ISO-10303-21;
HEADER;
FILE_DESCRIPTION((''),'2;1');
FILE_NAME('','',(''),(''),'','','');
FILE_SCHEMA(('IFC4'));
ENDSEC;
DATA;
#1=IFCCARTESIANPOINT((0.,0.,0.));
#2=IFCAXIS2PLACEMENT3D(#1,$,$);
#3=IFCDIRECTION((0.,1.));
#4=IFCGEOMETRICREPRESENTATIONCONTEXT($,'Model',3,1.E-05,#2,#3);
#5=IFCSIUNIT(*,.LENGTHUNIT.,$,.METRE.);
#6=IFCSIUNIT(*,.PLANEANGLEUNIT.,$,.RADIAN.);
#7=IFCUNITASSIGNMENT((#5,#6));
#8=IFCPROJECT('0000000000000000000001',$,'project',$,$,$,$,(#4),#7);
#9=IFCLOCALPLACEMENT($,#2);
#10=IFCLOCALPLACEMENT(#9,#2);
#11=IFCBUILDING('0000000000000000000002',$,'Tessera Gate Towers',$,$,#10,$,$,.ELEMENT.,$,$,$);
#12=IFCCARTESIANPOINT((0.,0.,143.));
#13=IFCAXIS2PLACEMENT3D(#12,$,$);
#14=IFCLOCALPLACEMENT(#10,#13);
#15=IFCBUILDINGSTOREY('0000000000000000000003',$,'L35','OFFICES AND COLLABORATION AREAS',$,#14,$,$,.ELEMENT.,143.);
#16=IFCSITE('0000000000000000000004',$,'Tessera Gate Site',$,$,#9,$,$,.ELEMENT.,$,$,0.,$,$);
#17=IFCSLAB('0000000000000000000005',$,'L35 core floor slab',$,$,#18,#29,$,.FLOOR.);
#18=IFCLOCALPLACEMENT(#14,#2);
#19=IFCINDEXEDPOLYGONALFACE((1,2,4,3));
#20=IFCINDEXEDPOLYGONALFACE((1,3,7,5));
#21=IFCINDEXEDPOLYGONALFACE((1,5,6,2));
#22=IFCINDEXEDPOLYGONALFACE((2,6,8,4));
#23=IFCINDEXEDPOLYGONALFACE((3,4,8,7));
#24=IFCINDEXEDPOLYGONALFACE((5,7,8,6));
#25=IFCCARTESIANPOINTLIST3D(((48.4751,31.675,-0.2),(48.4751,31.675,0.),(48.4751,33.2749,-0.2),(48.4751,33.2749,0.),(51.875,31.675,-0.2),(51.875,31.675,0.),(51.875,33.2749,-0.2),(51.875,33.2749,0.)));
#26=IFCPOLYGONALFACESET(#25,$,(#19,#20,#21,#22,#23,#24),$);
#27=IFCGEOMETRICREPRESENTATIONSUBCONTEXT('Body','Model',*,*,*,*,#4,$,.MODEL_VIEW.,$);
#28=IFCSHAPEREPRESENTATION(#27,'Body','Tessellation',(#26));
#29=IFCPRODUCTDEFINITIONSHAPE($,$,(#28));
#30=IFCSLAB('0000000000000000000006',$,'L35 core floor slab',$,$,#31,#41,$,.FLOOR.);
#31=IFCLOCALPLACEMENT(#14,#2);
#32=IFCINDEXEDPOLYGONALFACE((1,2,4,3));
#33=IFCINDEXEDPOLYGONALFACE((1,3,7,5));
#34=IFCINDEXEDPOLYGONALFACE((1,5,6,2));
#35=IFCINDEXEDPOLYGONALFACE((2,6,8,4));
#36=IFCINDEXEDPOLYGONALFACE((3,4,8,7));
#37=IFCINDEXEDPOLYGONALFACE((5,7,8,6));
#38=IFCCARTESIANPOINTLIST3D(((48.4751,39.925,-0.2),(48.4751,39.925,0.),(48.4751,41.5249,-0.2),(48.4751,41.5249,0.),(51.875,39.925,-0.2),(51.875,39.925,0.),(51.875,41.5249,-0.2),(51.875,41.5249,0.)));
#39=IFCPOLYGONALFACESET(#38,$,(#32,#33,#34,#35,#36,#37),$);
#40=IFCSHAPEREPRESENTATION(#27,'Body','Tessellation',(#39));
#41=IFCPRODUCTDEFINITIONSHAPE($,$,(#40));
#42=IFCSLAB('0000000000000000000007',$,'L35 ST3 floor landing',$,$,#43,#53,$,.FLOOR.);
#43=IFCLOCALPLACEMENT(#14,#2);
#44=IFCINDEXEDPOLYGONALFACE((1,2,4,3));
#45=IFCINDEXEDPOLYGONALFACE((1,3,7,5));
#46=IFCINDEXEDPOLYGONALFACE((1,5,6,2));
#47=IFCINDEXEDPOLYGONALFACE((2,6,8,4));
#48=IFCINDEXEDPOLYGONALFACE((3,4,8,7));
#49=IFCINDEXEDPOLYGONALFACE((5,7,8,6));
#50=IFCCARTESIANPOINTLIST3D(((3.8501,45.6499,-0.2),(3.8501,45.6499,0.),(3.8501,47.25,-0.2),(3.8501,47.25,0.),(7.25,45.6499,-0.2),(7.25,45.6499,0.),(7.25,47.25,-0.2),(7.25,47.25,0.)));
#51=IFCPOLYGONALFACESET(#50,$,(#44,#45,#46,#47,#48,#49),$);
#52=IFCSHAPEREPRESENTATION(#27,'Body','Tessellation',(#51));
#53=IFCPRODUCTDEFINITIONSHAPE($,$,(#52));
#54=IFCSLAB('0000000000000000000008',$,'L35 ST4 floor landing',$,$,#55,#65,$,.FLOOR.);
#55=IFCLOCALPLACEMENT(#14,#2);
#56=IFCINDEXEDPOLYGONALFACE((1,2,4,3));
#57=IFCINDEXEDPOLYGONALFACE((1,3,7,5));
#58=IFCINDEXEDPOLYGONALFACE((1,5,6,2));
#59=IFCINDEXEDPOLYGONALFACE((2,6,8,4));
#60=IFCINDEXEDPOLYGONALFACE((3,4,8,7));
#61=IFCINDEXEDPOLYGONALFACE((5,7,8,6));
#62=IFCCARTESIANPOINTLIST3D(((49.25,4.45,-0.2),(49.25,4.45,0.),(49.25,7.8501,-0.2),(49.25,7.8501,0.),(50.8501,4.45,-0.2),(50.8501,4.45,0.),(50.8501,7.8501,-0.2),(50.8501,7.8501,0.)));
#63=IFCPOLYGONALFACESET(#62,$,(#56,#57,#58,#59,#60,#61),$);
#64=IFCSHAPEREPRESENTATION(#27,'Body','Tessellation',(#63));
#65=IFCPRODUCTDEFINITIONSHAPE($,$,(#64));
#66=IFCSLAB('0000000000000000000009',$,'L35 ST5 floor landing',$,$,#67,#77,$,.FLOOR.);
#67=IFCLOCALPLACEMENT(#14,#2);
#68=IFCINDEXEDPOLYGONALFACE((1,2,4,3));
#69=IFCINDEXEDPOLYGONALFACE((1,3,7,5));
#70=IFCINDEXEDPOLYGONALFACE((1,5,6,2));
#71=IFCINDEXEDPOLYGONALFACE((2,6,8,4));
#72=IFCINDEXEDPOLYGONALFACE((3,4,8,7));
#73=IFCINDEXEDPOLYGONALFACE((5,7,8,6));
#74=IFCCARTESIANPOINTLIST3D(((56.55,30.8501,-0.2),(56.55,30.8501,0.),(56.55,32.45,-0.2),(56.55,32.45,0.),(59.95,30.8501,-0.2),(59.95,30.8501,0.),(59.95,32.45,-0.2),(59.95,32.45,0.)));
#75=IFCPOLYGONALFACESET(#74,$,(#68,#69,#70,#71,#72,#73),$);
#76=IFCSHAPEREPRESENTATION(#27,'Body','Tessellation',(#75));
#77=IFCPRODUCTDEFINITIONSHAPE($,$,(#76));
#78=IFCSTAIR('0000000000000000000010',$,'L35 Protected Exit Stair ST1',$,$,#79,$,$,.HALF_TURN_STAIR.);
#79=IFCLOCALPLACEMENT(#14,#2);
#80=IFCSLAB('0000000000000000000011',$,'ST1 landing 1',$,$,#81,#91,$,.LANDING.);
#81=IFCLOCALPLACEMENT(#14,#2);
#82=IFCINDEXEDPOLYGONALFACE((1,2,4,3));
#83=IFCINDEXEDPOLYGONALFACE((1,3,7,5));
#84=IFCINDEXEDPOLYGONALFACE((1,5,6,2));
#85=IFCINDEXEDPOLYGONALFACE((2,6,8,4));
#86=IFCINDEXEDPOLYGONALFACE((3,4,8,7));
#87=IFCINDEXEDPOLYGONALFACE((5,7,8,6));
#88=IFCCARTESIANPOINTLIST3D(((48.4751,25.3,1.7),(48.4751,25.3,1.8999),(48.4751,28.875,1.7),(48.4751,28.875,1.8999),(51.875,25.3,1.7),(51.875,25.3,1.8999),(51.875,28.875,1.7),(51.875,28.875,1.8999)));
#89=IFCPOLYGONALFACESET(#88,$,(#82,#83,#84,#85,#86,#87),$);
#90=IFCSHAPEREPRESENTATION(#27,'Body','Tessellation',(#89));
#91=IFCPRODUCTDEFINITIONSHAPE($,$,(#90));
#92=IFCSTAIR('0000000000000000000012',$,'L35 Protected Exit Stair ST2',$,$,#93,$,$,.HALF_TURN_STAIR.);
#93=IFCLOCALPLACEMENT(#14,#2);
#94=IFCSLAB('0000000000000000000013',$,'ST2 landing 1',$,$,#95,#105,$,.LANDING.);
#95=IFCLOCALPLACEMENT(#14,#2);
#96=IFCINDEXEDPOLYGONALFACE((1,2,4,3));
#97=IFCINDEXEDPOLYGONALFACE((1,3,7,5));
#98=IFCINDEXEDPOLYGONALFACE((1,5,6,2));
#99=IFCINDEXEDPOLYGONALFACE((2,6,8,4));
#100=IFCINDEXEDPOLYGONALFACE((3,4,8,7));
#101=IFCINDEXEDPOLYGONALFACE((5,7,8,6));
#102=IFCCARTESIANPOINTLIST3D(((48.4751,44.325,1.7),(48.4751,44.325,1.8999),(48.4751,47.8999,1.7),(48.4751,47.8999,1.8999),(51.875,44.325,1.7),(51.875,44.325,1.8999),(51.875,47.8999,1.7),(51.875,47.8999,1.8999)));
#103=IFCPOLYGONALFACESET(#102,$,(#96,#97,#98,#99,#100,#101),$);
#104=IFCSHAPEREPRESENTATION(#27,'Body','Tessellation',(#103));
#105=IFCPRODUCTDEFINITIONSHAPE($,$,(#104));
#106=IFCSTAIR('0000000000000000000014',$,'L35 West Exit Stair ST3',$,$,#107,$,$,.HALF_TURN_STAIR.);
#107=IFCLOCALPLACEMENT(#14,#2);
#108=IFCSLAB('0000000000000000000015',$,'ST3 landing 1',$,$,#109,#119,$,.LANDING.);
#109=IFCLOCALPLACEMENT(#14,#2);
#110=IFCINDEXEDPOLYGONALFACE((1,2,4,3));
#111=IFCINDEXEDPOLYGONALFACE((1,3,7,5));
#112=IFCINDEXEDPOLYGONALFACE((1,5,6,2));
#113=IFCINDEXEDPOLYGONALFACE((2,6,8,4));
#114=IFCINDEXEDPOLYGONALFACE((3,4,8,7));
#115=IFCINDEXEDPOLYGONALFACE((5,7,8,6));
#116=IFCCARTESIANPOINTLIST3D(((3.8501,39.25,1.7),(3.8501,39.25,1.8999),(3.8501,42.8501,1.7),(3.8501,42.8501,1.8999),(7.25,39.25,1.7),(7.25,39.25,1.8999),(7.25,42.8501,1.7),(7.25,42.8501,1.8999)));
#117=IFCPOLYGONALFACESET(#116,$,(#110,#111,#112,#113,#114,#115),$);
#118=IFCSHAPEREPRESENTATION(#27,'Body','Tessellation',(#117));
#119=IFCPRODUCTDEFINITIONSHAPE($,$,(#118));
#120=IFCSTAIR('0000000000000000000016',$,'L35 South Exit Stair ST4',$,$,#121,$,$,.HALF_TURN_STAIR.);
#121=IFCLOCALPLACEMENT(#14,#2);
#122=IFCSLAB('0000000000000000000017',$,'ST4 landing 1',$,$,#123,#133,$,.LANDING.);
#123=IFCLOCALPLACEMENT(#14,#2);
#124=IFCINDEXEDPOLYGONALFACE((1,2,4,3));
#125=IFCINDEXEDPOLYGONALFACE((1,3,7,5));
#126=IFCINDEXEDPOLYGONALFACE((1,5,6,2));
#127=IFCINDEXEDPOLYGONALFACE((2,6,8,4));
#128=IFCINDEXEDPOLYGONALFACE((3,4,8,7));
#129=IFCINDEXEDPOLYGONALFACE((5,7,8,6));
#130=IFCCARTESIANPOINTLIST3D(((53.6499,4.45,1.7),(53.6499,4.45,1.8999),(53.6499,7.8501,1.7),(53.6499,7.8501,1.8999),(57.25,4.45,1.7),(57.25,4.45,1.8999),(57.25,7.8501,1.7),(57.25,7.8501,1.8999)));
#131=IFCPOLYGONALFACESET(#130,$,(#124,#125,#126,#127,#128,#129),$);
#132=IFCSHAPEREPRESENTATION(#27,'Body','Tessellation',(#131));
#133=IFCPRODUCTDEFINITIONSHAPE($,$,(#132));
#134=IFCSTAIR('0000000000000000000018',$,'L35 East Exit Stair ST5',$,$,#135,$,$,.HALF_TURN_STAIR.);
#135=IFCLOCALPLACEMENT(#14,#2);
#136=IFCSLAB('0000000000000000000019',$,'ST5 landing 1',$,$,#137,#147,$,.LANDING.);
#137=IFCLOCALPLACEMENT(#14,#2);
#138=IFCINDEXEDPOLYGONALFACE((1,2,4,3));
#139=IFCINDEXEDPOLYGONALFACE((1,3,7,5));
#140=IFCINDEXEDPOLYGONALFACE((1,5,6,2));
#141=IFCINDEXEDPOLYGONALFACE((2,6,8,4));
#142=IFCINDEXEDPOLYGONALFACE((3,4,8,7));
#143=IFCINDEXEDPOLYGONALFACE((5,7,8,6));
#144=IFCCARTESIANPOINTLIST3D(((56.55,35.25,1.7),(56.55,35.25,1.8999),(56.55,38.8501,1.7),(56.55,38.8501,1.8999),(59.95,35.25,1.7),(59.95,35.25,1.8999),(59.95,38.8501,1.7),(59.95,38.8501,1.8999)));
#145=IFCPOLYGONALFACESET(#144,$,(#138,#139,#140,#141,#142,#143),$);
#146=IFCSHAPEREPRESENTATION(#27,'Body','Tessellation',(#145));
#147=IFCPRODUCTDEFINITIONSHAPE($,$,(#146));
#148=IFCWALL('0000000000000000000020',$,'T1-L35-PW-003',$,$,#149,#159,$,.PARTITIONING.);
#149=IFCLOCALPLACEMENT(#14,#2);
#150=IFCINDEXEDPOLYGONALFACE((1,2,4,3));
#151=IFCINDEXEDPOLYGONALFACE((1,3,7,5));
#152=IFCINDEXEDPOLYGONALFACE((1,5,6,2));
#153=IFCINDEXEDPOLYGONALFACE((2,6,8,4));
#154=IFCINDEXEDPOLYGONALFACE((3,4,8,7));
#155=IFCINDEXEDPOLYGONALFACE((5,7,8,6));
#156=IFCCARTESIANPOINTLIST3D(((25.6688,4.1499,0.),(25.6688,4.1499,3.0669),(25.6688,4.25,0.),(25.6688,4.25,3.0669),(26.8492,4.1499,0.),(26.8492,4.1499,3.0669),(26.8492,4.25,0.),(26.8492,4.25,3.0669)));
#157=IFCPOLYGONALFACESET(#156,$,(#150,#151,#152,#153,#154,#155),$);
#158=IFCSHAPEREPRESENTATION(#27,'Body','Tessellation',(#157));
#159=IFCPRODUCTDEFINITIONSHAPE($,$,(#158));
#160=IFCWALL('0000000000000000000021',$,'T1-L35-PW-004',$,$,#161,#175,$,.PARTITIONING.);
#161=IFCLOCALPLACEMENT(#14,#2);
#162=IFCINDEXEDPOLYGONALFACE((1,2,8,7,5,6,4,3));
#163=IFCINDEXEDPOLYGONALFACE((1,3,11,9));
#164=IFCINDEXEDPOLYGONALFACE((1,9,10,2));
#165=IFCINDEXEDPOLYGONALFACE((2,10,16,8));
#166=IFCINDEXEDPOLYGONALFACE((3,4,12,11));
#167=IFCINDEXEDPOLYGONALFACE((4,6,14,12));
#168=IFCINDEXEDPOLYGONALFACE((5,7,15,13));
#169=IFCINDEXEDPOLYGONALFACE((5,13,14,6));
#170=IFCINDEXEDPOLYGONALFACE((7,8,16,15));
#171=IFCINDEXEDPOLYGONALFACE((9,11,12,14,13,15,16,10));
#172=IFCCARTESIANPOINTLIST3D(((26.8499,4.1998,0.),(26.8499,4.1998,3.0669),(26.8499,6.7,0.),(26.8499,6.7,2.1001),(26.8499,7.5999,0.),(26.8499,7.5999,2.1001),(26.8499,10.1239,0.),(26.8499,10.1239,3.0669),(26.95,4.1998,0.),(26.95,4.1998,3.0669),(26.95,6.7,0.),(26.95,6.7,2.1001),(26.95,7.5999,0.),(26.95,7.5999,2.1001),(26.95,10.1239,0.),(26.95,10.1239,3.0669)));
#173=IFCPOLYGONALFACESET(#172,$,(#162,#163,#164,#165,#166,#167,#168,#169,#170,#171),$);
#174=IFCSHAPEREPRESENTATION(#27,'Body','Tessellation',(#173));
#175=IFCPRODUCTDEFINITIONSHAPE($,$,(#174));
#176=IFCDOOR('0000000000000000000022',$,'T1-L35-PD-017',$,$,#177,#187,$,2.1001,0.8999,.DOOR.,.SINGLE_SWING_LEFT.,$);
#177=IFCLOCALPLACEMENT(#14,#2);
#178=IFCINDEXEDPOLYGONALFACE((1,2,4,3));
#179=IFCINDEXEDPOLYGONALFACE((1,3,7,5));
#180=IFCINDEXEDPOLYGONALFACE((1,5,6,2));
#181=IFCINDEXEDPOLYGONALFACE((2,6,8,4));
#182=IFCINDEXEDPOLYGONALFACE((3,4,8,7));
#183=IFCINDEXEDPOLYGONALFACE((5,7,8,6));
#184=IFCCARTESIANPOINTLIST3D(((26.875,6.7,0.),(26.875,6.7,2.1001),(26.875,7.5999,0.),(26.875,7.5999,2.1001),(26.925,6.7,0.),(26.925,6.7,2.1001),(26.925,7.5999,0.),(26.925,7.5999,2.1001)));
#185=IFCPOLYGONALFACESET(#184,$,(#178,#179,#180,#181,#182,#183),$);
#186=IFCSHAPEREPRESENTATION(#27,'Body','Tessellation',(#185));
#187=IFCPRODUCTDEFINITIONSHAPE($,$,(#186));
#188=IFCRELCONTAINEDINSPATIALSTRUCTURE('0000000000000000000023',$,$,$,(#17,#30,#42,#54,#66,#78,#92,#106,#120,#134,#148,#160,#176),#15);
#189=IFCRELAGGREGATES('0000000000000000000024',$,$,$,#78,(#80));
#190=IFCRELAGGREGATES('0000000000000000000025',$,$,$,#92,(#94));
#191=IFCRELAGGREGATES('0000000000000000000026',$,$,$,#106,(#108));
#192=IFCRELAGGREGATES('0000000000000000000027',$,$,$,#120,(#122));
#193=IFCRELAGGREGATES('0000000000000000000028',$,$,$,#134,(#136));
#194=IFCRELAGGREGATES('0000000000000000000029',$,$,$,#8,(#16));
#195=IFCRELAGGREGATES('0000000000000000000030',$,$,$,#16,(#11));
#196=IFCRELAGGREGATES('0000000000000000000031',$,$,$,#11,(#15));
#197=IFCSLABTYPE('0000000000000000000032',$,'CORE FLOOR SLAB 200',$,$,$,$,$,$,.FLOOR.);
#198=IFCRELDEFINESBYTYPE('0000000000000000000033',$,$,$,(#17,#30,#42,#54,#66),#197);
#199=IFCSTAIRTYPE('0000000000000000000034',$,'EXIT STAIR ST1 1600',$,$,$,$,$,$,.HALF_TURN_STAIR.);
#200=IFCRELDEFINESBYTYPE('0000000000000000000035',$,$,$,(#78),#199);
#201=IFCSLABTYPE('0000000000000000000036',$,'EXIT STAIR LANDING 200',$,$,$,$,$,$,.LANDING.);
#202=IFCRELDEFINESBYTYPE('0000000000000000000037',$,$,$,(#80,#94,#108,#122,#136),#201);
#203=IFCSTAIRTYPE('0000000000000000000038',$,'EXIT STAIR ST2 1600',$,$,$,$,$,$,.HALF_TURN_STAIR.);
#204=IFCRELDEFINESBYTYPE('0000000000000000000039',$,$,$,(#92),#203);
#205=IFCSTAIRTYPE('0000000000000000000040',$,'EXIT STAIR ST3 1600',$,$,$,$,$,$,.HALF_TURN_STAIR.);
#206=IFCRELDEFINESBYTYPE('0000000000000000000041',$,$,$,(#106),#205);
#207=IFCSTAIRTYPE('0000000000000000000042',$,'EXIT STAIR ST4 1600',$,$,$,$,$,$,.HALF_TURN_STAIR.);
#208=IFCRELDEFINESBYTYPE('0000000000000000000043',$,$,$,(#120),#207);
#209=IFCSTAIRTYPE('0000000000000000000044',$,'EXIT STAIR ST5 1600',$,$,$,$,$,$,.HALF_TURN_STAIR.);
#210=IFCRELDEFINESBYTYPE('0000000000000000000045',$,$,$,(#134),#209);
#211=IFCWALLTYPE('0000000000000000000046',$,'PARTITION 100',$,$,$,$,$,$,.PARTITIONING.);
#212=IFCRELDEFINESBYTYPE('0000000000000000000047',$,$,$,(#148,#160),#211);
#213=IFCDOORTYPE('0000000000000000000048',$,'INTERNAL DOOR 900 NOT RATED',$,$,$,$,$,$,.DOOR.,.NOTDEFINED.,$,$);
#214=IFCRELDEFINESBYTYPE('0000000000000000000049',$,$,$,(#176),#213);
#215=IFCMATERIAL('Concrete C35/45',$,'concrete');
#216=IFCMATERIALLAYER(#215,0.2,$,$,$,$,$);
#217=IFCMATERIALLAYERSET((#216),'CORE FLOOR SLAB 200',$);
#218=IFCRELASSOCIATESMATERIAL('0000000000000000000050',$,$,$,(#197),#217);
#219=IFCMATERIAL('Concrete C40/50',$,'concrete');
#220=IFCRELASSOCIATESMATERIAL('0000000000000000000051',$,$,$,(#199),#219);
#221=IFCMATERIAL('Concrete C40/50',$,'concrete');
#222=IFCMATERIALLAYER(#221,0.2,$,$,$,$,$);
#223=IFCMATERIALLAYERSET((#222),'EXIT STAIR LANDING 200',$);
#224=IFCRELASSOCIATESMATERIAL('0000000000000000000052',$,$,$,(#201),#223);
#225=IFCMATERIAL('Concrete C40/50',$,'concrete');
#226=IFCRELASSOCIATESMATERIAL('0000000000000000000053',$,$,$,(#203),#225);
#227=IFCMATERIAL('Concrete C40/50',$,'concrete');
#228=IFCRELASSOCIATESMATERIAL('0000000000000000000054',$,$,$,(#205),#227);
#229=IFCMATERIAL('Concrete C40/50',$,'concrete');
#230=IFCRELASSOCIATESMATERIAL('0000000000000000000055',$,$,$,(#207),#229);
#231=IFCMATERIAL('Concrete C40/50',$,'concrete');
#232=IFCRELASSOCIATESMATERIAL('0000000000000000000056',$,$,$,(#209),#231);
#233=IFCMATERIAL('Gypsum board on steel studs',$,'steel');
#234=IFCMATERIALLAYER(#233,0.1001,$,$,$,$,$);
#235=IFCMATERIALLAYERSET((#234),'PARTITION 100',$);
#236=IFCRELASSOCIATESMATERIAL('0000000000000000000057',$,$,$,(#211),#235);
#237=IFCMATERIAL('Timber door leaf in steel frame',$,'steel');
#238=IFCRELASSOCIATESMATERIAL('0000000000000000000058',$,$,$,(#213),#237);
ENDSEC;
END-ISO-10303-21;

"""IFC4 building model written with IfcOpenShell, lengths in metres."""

from ifc_helpers import new_model, si_unit, direction, frame, frame_2d, origin, place, context, subcontext, project, spatial, polyline, rectangle, outline, extrude, source, transform, mapped, material, layer, layer_set, type_object, element, fill, aggregate, save


model = new_model("IFC4")

# Units and contexts
model_context = context("Model", 3, precision=1e-05, world=origin(), true_north=direction((0.0, 1.0)))
body_context = subcontext(model_context, "Body", "Model", "MODEL_VIEW")
ifc_project = project(units=[si_unit("LENGTHUNIT", "METRE"), si_unit("PLANEANGLEUNIT", "RADIAN")], contexts=[model_context])

# Site, building, storey
site_placement = place(None, origin())
site = spatial("IfcSite", under=ifc_project, at=site_placement, Name="Tessera Gate Site", CompositionType="ELEMENT", RefElevation=0.0)
building_placement = place(site_placement, origin())
building = spatial("IfcBuilding", under=site, at=building_placement, Name="Tessera Gate Towers", CompositionType="ELEMENT")
storey_placement = place(building_placement, frame((0.0, 0.0, 143.0)))
storey = spatial("IfcBuildingStorey", under=building, at=storey_placement, Name="L35", Description="OFFICES AND COLLABORATION AREAS", CompositionType="ELEMENT", Elevation=143.0)

# Slabs
ifc_material_1 = material(Name="Concrete C35/45", Category="concrete")
ifc_layer_1 = layer(ifc_material_1, 0.2)
ifc_layer_set_1 = layer_set([ifc_layer_1], Name="CORE FLOOR SLAB 200")
slab_type_1 = type_object("IfcSlabType", Name="CORE FLOOR SLAB 200", PredefinedType="FLOOR", material=ifc_layer_set_1)
slab_1_placement = place(storey_placement, frame((0.0, 0.0, -0.2)))
element("IfcSlab", 1, at=slab_1_placement, inside=storey, type_object=slab_type_1, Name="L35 core floor slab", PredefinedType="FLOOR", context=body_context, shape_type="SweptSolid", body=[
    extrude(outline(polyline([(51.875, 31.675), (51.875, 33.2749), (48.4751, 33.2749), (48.4751, 31.675), (51.875, 31.675)])), origin(), (0.0, 0.0, 1.0), 0.2),
])
slab_2_placement = place(storey_placement, frame((0.0, 0.0, -0.2)))
element("IfcSlab", 2, at=slab_2_placement, inside=storey, type_object=slab_type_1, Name="L35 core floor slab", PredefinedType="FLOOR", context=body_context, shape_type="SweptSolid", body=[
    extrude(outline(polyline([(48.4751, 41.5249), (48.4751, 39.925), (51.875, 39.925), (51.875, 41.5249), (48.4751, 41.5249)])), origin(), (0.0, 0.0, 1.0), 0.2),
])
slab_3_placement = place(storey_placement, frame((0.0, 0.0, -0.2)))
element("IfcSlab", 3, at=slab_3_placement, inside=storey, type_object=slab_type_1, Name="L35 ST3 floor landing", PredefinedType="FLOOR", context=body_context, shape_type="SweptSolid", body=[
    extrude(outline(polyline([(3.8501, 47.25), (3.8501, 45.6499), (7.25, 45.6499), (7.25, 47.25), (3.8501, 47.25)])), origin(), (0.0, 0.0, 1.0), 0.2),
])
slab_4_placement = place(storey_placement, frame((0.0, 0.0, -0.2)))
element("IfcSlab", 4, at=slab_4_placement, inside=storey, type_object=slab_type_1, Name="L35 ST4 floor landing", PredefinedType="FLOOR", context=body_context, shape_type="SweptSolid", body=[
    extrude(outline(polyline([(49.25, 4.45), (50.8501, 4.45), (50.8501, 7.8501), (49.25, 7.8501), (49.25, 4.45)])), origin(), (0.0, 0.0, 1.0), 0.2),
])
slab_5_placement = place(storey_placement, frame((0.0, 0.0, -0.2)))
element("IfcSlab", 5, at=slab_5_placement, inside=storey, type_object=slab_type_1, Name="L35 ST5 floor landing", PredefinedType="FLOOR", context=body_context, shape_type="SweptSolid", body=[
    extrude(outline(polyline([(59.95, 30.8501), (59.95, 32.45), (56.55, 32.45), (56.55, 30.8501), (59.95, 30.8501)])), origin(), (0.0, 0.0, 1.0), 0.2),
])

# Stairs, slabs
ifc_material_2 = material(Name="Concrete C40/50", Category="concrete")
stair_type_1 = type_object("IfcStairType", Name="EXIT STAIR ST1 1600", PredefinedType="HALF_TURN_STAIR", material=ifc_material_2)
stair_1_placement = place(storey_placement, origin())
stair_1 = element("IfcStair", 6, at=stair_1_placement, inside=storey, type_object=stair_type_1, Name="L35 Protected Exit Stair ST1", PredefinedType="HALF_TURN_STAIR")
ifc_material_3 = material(Name="Concrete C40/50", Category="concrete")
ifc_layer_2 = layer(ifc_material_3, 0.2)
ifc_layer_set_2 = layer_set([ifc_layer_2], Name="EXIT STAIR LANDING 200")
slab_type_2 = type_object("IfcSlabType", Name="EXIT STAIR LANDING 200", PredefinedType="LANDING", material=ifc_layer_set_2)
slab_6_placement = place(storey_placement, frame((0.0, 0.0, 1.7)))
slab_6 = element("IfcSlab", 7, at=slab_6_placement, type_object=slab_type_2, Name="ST1 landing 1", PredefinedType="LANDING", context=body_context, shape_type="SweptSolid", body=[
    extrude(outline(polyline([(48.4751, 28.875), (48.4751, 25.3), (51.875, 25.3), (51.875, 28.875), (48.4751, 28.875)])), origin(), (0.0, 0.0, 1.0), 0.2),
])
aggregate(stair_1, [slab_6])
ifc_material_4 = material(Name="Concrete C40/50", Category="concrete")
stair_type_2 = type_object("IfcStairType", Name="EXIT STAIR ST2 1600", PredefinedType="HALF_TURN_STAIR", material=ifc_material_4)
stair_2_placement = place(storey_placement, origin())
stair_2 = element("IfcStair", 8, at=stair_2_placement, inside=storey, type_object=stair_type_2, Name="L35 Protected Exit Stair ST2", PredefinedType="HALF_TURN_STAIR")
slab_7_placement = place(storey_placement, frame((0.0, 0.0, 1.7)))
slab_7 = element("IfcSlab", 9, at=slab_7_placement, type_object=slab_type_2, Name="ST2 landing 1", PredefinedType="LANDING", context=body_context, shape_type="SweptSolid", body=[
    extrude(outline(polyline([(51.875, 44.325), (51.875, 47.8999), (48.4751, 47.8999), (48.4751, 44.325), (51.875, 44.325)])), origin(), (0.0, 0.0, 1.0), 0.2),
])
aggregate(stair_2, [slab_7])
ifc_material_5 = material(Name="Concrete C40/50", Category="concrete")
stair_type_3 = type_object("IfcStairType", Name="EXIT STAIR ST3 1600", PredefinedType="HALF_TURN_STAIR", material=ifc_material_5)
stair_3_placement = place(storey_placement, origin())
stair_3 = element("IfcStair", 10, at=stair_3_placement, inside=storey, type_object=stair_type_3, Name="L35 West Exit Stair ST3", PredefinedType="HALF_TURN_STAIR")
slab_8_placement = place(storey_placement, frame((0.0, 0.0, 1.7)))
slab_8 = element("IfcSlab", 11, at=slab_8_placement, type_object=slab_type_2, Name="ST3 landing 1", PredefinedType="LANDING", context=body_context, shape_type="SweptSolid", body=[
    extrude(outline(polyline([(3.8501, 42.8501), (3.8501, 39.25), (7.25, 39.25), (7.25, 42.8501), (3.8501, 42.8501)])), origin(), (0.0, 0.0, 1.0), 0.2),
])
aggregate(stair_3, [slab_8])
ifc_material_6 = material(Name="Concrete C40/50", Category="concrete")
stair_type_4 = type_object("IfcStairType", Name="EXIT STAIR ST4 1600", PredefinedType="HALF_TURN_STAIR", material=ifc_material_6)
stair_4_placement = place(storey_placement, origin())
stair_4 = element("IfcStair", 12, at=stair_4_placement, inside=storey, type_object=stair_type_4, Name="L35 South Exit Stair ST4", PredefinedType="HALF_TURN_STAIR")
slab_9_placement = place(storey_placement, frame((0.0, 0.0, 1.7)))
slab_9 = element("IfcSlab", 13, at=slab_9_placement, type_object=slab_type_2, Name="ST4 landing 1", PredefinedType="LANDING", context=body_context, shape_type="SweptSolid", body=[
    extrude(outline(polyline([(53.6499, 4.45), (57.25, 4.45), (57.25, 7.8501), (53.6499, 7.8501), (53.6499, 4.45)])), origin(), (0.0, 0.0, 1.0), 0.2),
])
aggregate(stair_4, [slab_9])
ifc_material_7 = material(Name="Concrete C40/50", Category="concrete")
stair_type_5 = type_object("IfcStairType", Name="EXIT STAIR ST5 1600", PredefinedType="HALF_TURN_STAIR", material=ifc_material_7)
stair_5_placement = place(storey_placement, origin())
stair_5 = element("IfcStair", 14, at=stair_5_placement, inside=storey, type_object=stair_type_5, Name="L35 East Exit Stair ST5", PredefinedType="HALF_TURN_STAIR")
slab_10_placement = place(storey_placement, frame((0.0, 0.0, 1.7)))
slab_10 = element("IfcSlab", 15, at=slab_10_placement, type_object=slab_type_2, Name="ST5 landing 1", PredefinedType="LANDING", context=body_context, shape_type="SweptSolid", body=[
    extrude(outline(polyline([(59.95, 35.25), (59.95, 38.8501), (56.55, 38.8501), (56.55, 35.25), (59.95, 35.25)])), origin(), (0.0, 0.0, 1.0), 0.2),
])
aggregate(stair_5, [slab_10])

# Wall
ifc_material_8 = material(Name="Gypsum board on steel studs", Category="steel")
ifc_layer_3 = layer(ifc_material_8, 0.1001)
ifc_layer_set_3 = layer_set([ifc_layer_3], Name="PARTITION 100")
wall_type_1 = type_object("IfcWallType", Name="PARTITION 100", PredefinedType="PARTITIONING", material=ifc_layer_set_3)
wall_1_placement = place(storey_placement, frame((25.6687, 4.2, 0.0), z_axis=(0.0, 0.0, 1.0), x_axis=(1.0, 0.0, 0.0)))
element("IfcWall", 16, at=wall_1_placement, inside=storey, type_object=wall_type_1, Name="T1-L35-PW-003", PredefinedType="PARTITIONING", context=body_context, shape_type="SweptSolid", body=[
    extrude(rectangle(XDim=1.1804, YDim=0.1001, at=frame_2d((0.5903, 0.0))), origin(), (0.0, 0.0, 1.0), 3.0669),
])

# Wall, opening, door
wall_2_placement = place(storey_placement, frame((26.8999, 4.2, 0.0), z_axis=(0.0, 0.0, 1.0), x_axis=(0.0, 1.0, 0.0)))
wall_2 = element("IfcWall", 17, at=wall_2_placement, inside=storey, type_object=wall_type_1, Name="T1-L35-PW-004", PredefinedType="PARTITIONING", context=body_context, shape_type="SweptSolid", body=[
    extrude(rectangle(XDim=5.9241, YDim=0.1001, at=frame_2d((2.9619, 0.0))), origin(), (0.0, 0.0, 1.0), 3.0669),
])
shared_shape_1 = source(origin(), body_context, "Body", "SweptSolid", [
    extrude(rectangle(XDim=0.8999, YDim=2.1001, at=frame_2d((0.45, 1.05))), frame((0.0, 0.0601, 0.0), z_axis=(0.0, -1.0, 0.0), x_axis=(1.0, 0.0, 0.0)), (0.0, 0.0, 1.0), 0.1201),
])
opening_1_placement = place(wall_2_placement, frame((2.5, 0.0, 0.0)))
opening_1 = element("IfcOpeningElement", 18, at=opening_1_placement, cuts=wall_2, PredefinedType="OPENING", context=body_context, shape_type="MappedRepresentation", body=[
    mapped(shared_shape_1, transform((0.0, 0.0, 0.0), scale=1.0)),
])
ifc_material_9 = material(Name="Timber door leaf in steel frame", Category="steel")
door_type = type_object("IfcDoorType", Name="INTERNAL DOOR 900 NOT RATED", OperationType="NOTDEFINED", PredefinedType="DOOR", material=ifc_material_9)
shared_shape_2 = source(origin(), body_context, "Body", "SweptSolid", [
    extrude(rectangle(XDim=0.8999, YDim=2.1001, at=frame_2d((0.45, 1.05))), frame((0.0, 0.0249, 0.0), z_axis=(0.0, -1.0, 0.0), x_axis=(1.0, 0.0, 0.0)), (0.0, 0.0, 1.0), 0.05),
])
door_1_placement = place(opening_1_placement, origin())
door_1 = element("IfcDoor", 19, at=door_1_placement, inside=storey, type_object=door_type, Name="T1-L35-PD-017", OperationType="SINGLE_SWING_LEFT", OverallHeight=2.1001, OverallWidth=0.8999, PredefinedType="DOOR", context=body_context, shape_type="MappedRepresentation", body=[
    mapped(shared_shape_2, transform((0.0, 0.0, 0.0), scale=1.0)),
])
fill(opening_1, door_1)

save(model, "model.ifc")
